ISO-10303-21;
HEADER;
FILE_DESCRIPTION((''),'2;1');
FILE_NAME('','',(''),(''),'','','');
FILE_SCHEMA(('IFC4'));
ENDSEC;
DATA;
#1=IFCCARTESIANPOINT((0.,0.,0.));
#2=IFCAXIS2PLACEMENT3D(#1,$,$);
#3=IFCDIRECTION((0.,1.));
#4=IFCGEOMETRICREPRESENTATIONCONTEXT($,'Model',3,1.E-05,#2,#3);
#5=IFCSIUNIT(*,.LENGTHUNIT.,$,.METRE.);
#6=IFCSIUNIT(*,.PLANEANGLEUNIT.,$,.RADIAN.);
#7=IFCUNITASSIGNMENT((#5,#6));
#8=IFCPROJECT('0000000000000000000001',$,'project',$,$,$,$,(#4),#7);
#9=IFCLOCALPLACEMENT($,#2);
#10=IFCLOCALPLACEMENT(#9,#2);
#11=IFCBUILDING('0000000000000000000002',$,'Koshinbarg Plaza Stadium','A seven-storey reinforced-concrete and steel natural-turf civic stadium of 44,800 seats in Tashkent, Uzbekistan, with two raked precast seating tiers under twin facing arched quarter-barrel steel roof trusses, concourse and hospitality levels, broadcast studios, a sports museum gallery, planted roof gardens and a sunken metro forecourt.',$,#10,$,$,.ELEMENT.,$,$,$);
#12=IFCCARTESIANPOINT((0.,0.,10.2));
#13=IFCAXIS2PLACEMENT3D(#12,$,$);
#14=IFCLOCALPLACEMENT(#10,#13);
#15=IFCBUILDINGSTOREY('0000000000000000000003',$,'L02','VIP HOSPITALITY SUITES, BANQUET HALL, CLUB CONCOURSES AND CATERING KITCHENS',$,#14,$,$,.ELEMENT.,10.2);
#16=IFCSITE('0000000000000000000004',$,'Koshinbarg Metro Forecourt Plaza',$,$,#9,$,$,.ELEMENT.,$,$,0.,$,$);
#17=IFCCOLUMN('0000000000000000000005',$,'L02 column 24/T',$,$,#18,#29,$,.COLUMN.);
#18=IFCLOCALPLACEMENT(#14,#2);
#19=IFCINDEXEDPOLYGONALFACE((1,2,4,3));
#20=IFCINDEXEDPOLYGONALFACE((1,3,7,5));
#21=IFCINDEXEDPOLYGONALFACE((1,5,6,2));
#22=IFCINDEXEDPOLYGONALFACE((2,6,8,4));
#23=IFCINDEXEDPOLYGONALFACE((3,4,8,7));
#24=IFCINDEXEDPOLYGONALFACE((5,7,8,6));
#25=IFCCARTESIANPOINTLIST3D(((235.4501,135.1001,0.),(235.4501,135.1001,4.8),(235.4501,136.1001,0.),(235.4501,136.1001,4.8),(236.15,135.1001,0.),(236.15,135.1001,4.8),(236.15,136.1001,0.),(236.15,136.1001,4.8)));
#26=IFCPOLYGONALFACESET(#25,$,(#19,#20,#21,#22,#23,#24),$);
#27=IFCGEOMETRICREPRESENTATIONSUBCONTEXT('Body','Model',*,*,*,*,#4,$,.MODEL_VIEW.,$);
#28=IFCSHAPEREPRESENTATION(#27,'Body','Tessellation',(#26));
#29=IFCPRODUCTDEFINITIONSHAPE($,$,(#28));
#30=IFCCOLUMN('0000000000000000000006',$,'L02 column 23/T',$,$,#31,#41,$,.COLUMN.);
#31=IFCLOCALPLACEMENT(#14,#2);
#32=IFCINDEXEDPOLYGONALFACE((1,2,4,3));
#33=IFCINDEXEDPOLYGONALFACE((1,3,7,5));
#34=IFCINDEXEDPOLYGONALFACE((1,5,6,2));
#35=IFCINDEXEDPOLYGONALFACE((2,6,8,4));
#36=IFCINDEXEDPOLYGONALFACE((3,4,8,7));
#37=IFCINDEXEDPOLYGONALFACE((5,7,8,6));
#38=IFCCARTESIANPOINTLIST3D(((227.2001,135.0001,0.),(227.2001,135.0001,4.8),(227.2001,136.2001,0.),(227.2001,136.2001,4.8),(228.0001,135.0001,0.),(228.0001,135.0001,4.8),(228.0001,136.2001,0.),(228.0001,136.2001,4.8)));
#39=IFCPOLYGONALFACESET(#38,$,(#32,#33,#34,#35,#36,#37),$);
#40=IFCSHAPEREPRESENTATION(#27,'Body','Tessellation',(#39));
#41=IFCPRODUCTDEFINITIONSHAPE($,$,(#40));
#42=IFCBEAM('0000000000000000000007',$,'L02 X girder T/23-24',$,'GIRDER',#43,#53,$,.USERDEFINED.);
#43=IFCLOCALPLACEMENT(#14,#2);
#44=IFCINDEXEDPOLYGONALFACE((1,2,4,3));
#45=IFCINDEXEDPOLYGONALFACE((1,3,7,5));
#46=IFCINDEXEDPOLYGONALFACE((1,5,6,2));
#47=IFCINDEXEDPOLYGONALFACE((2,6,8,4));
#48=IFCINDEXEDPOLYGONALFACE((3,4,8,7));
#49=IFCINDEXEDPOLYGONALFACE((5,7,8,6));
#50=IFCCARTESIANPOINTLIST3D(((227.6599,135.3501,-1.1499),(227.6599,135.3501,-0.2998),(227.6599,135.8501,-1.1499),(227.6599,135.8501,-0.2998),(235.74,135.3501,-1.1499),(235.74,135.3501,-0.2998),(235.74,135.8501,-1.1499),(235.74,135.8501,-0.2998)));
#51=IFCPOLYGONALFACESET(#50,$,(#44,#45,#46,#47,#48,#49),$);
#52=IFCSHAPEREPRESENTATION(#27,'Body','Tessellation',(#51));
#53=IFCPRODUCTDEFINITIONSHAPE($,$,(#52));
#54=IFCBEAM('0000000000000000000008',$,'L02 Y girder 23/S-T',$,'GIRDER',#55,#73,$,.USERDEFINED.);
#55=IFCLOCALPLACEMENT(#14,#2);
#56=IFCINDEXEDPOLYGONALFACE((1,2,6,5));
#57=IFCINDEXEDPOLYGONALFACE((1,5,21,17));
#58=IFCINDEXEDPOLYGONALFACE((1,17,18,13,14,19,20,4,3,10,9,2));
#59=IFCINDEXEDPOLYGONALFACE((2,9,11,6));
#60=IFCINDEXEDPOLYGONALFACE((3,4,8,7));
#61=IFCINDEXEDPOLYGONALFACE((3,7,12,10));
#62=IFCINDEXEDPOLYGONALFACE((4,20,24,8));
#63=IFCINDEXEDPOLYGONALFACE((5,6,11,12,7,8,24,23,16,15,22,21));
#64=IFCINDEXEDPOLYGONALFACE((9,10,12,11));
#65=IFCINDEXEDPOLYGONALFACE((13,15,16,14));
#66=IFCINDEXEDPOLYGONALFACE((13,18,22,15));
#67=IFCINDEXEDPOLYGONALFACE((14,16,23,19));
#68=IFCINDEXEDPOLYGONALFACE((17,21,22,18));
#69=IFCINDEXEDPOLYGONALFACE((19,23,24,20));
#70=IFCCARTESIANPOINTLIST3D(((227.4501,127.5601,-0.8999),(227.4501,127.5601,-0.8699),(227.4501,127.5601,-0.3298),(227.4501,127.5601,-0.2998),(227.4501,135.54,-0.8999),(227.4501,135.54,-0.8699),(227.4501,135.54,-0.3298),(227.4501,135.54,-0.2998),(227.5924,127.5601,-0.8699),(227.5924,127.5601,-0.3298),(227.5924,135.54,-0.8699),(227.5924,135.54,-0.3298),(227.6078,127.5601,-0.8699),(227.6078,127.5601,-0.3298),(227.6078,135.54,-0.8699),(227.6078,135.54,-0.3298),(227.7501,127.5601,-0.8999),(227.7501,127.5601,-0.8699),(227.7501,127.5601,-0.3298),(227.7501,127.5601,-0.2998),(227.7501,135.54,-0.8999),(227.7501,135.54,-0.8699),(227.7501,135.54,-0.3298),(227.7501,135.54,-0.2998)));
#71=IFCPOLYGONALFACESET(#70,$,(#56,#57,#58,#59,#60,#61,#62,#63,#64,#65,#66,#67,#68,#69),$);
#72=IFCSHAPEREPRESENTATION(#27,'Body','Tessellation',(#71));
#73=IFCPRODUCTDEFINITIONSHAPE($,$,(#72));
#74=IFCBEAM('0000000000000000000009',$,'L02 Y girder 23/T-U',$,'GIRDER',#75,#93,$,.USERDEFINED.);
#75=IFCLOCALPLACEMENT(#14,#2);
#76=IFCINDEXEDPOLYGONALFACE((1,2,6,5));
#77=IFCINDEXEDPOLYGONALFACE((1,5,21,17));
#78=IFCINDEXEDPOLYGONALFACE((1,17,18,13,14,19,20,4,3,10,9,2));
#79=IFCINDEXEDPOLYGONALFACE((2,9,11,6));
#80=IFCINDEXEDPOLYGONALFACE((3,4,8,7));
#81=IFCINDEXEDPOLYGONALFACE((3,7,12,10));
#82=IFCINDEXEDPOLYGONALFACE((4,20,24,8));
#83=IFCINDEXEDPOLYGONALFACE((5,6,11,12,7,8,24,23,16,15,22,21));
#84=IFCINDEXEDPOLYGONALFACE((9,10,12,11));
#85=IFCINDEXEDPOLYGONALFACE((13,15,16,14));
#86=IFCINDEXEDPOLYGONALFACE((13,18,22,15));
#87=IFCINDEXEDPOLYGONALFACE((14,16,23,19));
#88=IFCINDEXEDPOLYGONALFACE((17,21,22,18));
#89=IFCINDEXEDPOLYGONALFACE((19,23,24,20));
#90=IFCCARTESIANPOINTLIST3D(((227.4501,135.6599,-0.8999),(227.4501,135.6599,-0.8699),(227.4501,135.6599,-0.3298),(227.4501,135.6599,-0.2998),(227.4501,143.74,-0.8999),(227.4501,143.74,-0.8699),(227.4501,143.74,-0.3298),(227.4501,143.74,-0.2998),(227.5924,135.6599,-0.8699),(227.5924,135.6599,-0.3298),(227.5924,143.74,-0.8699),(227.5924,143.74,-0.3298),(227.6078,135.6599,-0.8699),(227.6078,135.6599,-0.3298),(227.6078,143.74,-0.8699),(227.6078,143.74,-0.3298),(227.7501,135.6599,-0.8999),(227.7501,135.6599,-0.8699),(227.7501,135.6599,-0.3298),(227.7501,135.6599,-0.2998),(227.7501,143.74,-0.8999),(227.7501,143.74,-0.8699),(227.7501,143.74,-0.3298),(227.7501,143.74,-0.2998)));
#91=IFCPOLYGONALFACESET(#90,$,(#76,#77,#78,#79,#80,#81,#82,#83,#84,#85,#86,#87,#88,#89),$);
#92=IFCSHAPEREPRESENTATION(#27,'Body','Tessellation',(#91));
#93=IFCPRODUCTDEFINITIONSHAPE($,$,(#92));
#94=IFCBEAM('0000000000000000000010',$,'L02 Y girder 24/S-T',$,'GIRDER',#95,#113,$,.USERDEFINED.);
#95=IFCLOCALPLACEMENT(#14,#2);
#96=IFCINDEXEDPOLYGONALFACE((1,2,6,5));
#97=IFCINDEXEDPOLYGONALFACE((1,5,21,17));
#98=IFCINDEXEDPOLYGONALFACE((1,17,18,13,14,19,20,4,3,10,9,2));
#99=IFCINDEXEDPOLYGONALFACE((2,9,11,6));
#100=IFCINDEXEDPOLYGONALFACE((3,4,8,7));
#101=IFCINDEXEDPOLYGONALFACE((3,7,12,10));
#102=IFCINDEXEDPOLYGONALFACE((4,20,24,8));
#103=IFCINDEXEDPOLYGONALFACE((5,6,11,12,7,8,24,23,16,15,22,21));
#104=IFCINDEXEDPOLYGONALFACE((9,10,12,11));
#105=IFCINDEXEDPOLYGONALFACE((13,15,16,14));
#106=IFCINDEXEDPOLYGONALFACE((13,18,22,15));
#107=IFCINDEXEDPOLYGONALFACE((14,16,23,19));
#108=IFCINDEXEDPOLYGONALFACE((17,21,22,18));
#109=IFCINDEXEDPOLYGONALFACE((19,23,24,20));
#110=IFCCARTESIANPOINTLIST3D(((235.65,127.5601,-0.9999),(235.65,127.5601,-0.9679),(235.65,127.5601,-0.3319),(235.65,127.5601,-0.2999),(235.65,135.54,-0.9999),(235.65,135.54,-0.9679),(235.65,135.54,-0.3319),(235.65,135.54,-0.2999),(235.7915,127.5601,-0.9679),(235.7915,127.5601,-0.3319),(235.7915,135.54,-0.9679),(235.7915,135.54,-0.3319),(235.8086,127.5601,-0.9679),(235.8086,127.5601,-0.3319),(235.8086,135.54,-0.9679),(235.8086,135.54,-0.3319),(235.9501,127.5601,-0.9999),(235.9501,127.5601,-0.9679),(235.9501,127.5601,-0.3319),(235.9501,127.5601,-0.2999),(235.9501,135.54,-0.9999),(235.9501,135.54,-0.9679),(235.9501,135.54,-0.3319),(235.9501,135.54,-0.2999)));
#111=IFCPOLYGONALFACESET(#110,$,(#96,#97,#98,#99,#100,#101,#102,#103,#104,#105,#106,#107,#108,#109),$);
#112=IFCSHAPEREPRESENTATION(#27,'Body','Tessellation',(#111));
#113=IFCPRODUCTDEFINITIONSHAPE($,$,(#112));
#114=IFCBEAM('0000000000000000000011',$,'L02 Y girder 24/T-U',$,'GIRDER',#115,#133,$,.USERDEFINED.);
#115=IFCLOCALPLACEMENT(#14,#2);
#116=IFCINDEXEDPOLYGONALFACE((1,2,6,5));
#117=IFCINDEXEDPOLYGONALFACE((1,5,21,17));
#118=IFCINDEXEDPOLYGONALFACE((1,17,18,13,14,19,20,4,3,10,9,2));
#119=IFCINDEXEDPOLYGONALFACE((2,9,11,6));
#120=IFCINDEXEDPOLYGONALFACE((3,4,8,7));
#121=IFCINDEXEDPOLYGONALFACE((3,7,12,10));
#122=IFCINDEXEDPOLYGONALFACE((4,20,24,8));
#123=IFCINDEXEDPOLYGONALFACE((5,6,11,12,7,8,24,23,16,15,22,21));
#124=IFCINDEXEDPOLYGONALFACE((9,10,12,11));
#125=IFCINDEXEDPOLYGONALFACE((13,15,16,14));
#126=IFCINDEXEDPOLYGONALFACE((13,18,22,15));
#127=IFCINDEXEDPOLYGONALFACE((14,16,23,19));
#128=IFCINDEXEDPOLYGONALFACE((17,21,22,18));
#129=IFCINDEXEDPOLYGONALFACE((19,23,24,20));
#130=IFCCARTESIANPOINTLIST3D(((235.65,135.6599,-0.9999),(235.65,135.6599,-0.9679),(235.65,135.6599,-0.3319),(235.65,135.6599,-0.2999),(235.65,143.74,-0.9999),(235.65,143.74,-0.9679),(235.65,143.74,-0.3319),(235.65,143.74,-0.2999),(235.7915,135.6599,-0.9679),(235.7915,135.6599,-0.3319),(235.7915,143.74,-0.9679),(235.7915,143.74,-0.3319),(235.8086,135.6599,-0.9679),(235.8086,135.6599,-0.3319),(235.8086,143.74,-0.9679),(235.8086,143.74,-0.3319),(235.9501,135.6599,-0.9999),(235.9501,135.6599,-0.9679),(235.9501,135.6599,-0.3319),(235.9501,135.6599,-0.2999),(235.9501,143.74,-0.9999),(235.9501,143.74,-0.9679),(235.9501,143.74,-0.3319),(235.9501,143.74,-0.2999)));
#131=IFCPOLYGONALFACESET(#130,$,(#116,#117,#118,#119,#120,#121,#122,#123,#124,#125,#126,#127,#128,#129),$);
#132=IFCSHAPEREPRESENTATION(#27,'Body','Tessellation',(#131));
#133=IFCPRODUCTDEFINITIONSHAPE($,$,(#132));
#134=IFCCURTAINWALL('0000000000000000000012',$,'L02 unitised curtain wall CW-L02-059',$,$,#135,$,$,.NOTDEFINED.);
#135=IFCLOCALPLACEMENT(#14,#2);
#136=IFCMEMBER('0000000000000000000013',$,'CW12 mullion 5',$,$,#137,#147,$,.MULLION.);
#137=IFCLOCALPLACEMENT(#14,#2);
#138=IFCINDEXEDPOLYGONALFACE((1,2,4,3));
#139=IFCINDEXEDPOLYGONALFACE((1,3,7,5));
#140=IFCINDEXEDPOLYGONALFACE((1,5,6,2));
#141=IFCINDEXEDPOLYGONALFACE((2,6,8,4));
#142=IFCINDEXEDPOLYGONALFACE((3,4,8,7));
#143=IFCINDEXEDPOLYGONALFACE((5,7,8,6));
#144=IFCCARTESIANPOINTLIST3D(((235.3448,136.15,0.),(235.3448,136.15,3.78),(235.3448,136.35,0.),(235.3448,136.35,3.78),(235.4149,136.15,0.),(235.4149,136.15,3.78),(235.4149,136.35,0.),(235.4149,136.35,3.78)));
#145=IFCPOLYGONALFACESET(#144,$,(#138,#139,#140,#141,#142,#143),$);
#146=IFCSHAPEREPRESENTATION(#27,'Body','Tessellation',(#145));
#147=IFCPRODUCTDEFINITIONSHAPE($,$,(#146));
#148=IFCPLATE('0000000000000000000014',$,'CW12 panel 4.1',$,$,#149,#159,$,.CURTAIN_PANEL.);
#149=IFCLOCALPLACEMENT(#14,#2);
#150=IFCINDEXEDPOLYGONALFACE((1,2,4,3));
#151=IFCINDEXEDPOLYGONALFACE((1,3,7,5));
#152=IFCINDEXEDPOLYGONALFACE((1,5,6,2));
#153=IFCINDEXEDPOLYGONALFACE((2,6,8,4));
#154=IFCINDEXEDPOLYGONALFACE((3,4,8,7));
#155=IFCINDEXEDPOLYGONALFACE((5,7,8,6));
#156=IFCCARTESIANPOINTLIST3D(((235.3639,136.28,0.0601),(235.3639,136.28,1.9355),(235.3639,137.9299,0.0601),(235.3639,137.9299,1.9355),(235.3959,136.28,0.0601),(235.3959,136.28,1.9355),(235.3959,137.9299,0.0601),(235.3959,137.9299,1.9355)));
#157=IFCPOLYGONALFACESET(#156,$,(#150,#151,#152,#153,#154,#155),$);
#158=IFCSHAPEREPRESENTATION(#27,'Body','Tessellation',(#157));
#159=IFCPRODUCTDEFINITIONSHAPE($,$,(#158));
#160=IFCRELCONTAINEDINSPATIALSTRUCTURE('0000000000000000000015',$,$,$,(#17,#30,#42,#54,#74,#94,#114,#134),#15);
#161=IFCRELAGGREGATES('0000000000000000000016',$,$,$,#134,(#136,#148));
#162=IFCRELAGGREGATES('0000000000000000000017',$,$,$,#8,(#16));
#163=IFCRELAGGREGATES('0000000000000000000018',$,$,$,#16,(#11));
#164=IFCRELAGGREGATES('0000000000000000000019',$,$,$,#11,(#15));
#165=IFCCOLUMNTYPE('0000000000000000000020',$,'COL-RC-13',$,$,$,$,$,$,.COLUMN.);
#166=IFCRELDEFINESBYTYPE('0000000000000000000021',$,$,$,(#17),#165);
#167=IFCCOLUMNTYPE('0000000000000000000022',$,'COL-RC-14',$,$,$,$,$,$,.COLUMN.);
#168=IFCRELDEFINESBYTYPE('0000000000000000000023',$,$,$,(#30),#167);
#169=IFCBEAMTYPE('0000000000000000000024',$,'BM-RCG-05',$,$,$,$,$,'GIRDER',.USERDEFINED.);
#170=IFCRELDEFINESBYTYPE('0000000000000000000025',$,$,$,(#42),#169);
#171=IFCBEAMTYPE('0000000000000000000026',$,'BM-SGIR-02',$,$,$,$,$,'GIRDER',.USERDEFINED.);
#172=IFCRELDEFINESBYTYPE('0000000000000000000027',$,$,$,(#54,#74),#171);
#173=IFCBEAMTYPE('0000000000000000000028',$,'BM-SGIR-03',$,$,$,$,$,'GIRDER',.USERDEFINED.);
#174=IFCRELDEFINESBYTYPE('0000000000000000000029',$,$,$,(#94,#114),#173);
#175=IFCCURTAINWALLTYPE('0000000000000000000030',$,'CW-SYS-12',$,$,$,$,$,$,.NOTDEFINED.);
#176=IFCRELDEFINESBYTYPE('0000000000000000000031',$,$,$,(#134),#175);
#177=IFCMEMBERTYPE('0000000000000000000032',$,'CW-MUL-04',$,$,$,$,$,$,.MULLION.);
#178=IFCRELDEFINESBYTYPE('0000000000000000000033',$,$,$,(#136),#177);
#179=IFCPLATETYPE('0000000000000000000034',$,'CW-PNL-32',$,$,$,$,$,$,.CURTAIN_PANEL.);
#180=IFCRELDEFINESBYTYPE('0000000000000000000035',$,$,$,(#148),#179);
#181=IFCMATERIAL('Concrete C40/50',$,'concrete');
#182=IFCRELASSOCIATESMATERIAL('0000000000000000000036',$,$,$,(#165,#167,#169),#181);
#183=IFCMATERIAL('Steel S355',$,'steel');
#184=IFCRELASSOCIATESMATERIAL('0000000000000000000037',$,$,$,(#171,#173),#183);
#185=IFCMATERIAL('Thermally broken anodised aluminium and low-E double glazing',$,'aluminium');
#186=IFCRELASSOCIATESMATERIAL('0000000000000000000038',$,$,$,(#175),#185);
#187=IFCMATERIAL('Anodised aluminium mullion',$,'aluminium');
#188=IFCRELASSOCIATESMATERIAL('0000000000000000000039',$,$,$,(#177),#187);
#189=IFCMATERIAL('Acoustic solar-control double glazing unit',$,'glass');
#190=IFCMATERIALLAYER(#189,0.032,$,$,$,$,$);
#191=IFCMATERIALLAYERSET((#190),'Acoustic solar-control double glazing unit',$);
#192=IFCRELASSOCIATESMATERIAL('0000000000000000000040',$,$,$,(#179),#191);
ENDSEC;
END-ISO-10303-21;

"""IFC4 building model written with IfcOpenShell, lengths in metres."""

from ifc_helpers import new_model, si_unit, direction, frame, origin, origin_2d, place, context, subcontext, project, spatial, rectangle, i_section, extrude, material, layer, layer_set, material_profile, profile_set, type_object, element, aggregate, save


model = new_model("IFC4")

# Units and contexts
model_context = context("Model", 3, precision=1e-05, world=origin(), true_north=direction((0.0, 1.0)))
body_context = subcontext(model_context, "Body", "Model", "MODEL_VIEW")
ifc_project = project(units=[si_unit("LENGTHUNIT", "METRE"), si_unit("PLANEANGLEUNIT", "RADIAN")], contexts=[model_context])

# Site, building, storey
site_placement = place(None, origin())
site = spatial("IfcSite", under=ifc_project, at=site_placement, Name="Koshinbarg Metro Forecourt Plaza", CompositionType="ELEMENT", RefElevation=0.0)
building_placement = place(site_placement, origin())
building = spatial("IfcBuilding", under=site, at=building_placement, Name="Koshinbarg Plaza Stadium", Description="A seven-storey reinforced-concrete and steel natural-turf civic stadium of 44,800 seats in Tashkent, Uzbekistan, with two raked precast seating tiers under twin facing arched quarter-barrel steel roof trusses, concourse and hospitality levels, broadcast studios, a sports museum gallery, planted roof gardens and a sunken metro forecourt.", CompositionType="ELEMENT")
storey_placement = place(building_placement, frame((0.0, 0.0, 10.2)))
storey = spatial("IfcBuildingStorey", under=building, at=storey_placement, Name="L02", Description="VIP HOSPITALITY SUITES, BANQUET HALL, CLUB CONCOURSES AND CATERING KITCHENS", CompositionType="ELEMENT", Elevation=10.2)

# Columns
ifc_material_1 = material(Name="Concrete C40/50", Category="concrete")
ifc_material_profile_1 = material_profile(ifc_material_1, rectangle(XDim=0.7, YDim=1.0, at=origin_2d()), Name="RC 700x1000")
ifc_profile_set_1 = profile_set([ifc_material_profile_1], Name="Concrete C40/50")
column_type_1 = type_object("IfcColumnType", Name="COL-RC-13", PredefinedType="COLUMN", material=ifc_profile_set_1)
column_1_placement = place(storey_placement, frame((235.8, 135.6001, 0.0), z_axis=(0.0, 0.0, 1.0), x_axis=(1.0, 0.0, 0.0)))
element("IfcColumn", 1, at=column_1_placement, inside=storey, type_object=column_type_1, Name="L02 column 24/T", PredefinedType="COLUMN", context=body_context, shape_type="SweptSolid", body=[
    extrude(rectangle(XDim=0.7, YDim=1.0, at=origin_2d()), origin(), (0.0, 0.0, 1.0), 4.8),
])
ifc_material_profile_2 = material_profile(ifc_material_1, rectangle(XDim=0.8, YDim=1.2, at=origin_2d()), Name="RC 800x1200")
ifc_profile_set_2 = profile_set([ifc_material_profile_2], Name="Concrete C40/50")
column_type_2 = type_object("IfcColumnType", Name="COL-RC-14", PredefinedType="COLUMN", material=ifc_profile_set_2)
column_2_placement = place(storey_placement, frame((227.6001, 135.6001, 0.0), z_axis=(0.0, 0.0, 1.0), x_axis=(1.0, 0.0, 0.0)))
element("IfcColumn", 2, at=column_2_placement, inside=storey, type_object=column_type_2, Name="L02 column 23/T", PredefinedType="COLUMN", context=body_context, shape_type="SweptSolid", body=[
    extrude(rectangle(XDim=0.8, YDim=1.2, at=origin_2d()), origin(), (0.0, 0.0, 1.0), 4.8),
])

# Beams
ifc_material_profile_3 = material_profile(ifc_material_1, rectangle(XDim=0.5, YDim=0.8501, at=origin_2d()), Name="RC 500x850")
ifc_profile_set_3 = profile_set([ifc_material_profile_3], Name="Concrete C40/50")
beam_type_1 = type_object("IfcBeamType", Name="BM-RCG-05", ElementType="GIRDER", PredefinedType="USERDEFINED", material=ifc_profile_set_3)
beam_1_placement = place(storey_placement, frame((227.6599, 135.6001, -0.7249), z_axis=(1.0, 0.0, 0.0), x_axis=(0.0, 1.0, 0.0)))
element("IfcBeam", 3, at=beam_1_placement, inside=storey, type_object=beam_type_1, Name="L02 X girder T/23-24", ObjectType="GIRDER", PredefinedType="USERDEFINED", context=body_context, shape_type="SweptSolid", body=[
    extrude(rectangle(XDim=0.5, YDim=0.8501, at=origin_2d()), origin(), (0.0, 0.0, 1.0), 8.0801),
])
ifc_material_2 = material(Name="Steel S355", Category="steel")
ifc_material_profile_4 = material_profile(ifc_material_2, i_section(OverallWidth=0.3, OverallDepth=0.6001, WebThickness=0.0154, FlangeThickness=0.03, at=origin_2d()), Name="HEB 600")
ifc_profile_set_4 = profile_set([ifc_material_profile_4], Name="Steel S355")
beam_type_2 = type_object("IfcBeamType", Name="BM-SGIR-02", ElementType="GIRDER", PredefinedType="USERDEFINED", material=ifc_profile_set_4)
beam_2_placement = place(storey_placement, frame((227.6001, 127.5601, -0.5999), z_axis=(0.0, 1.0, 0.0), x_axis=(-1.0, 0.0, 0.0)))
element("IfcBeam", 4, at=beam_2_placement, inside=storey, type_object=beam_type_2, Name="L02 Y girder 23/S-T", ObjectType="GIRDER", PredefinedType="USERDEFINED", context=body_context, shape_type="SweptSolid", body=[
    extrude(i_section(OverallWidth=0.3, OverallDepth=0.6001, WebThickness=0.0154, FlangeThickness=0.03, at=origin_2d()), origin(), (0.0, 0.0, 1.0), 7.98),
])
beam_3_placement = place(storey_placement, frame((227.6001, 135.6599, -0.5999), z_axis=(0.0, 1.0, 0.0), x_axis=(-1.0, 0.0, 0.0)))
element("IfcBeam", 5, at=beam_3_placement, inside=storey, type_object=beam_type_2, Name="L02 Y girder 23/T-U", ObjectType="GIRDER", PredefinedType="USERDEFINED", context=body_context, shape_type="SweptSolid", body=[
    extrude(i_section(OverallWidth=0.3, OverallDepth=0.6001, WebThickness=0.0154, FlangeThickness=0.03, at=origin_2d()), origin(), (0.0, 0.0, 1.0), 8.0801),
])
ifc_material_profile_5 = material_profile(ifc_material_2, i_section(OverallWidth=0.3, OverallDepth=0.7, WebThickness=0.0171, FlangeThickness=0.032, at=origin_2d()), Name="HEB 700")
ifc_profile_set_5 = profile_set([ifc_material_profile_5], Name="Steel S355")
beam_type_3 = type_object("IfcBeamType", Name="BM-SGIR-03", ElementType="GIRDER", PredefinedType="USERDEFINED", material=ifc_profile_set_5)
beam_4_placement = place(storey_placement, frame((235.8, 127.5601, -0.6499), z_axis=(0.0, 1.0, 0.0), x_axis=(-1.0, 0.0, 0.0)))
element("IfcBeam", 6, at=beam_4_placement, inside=storey, type_object=beam_type_3, Name="L02 Y girder 24/S-T", ObjectType="GIRDER", PredefinedType="USERDEFINED", context=body_context, shape_type="SweptSolid", body=[
    extrude(i_section(OverallWidth=0.3, OverallDepth=0.7, WebThickness=0.0171, FlangeThickness=0.032, at=origin_2d()), origin(), (0.0, 0.0, 1.0), 7.98),
])
beam_5_placement = place(storey_placement, frame((235.8, 135.6599, -0.6499), z_axis=(0.0, 1.0, 0.0), x_axis=(-1.0, 0.0, 0.0)))
element("IfcBeam", 7, at=beam_5_placement, inside=storey, type_object=beam_type_3, Name="L02 Y girder 24/T-U", ObjectType="GIRDER", PredefinedType="USERDEFINED", context=body_context, shape_type="SweptSolid", body=[
    extrude(i_section(OverallWidth=0.3, OverallDepth=0.7, WebThickness=0.0171, FlangeThickness=0.032, at=origin_2d()), origin(), (0.0, 0.0, 1.0), 8.0801),
])

# Curtain wall, member, plate
ifc_material_3 = material(Name="Thermally broken anodised aluminium and low-E double glazing", Category="aluminium")
curtain_wall_type = type_object("IfcCurtainWallType", Name="CW-SYS-12", PredefinedType="NOTDEFINED", material=ifc_material_3)
curtain_wall_placement = place(storey_placement, origin())
curtain_wall = element("IfcCurtainWall", 8, at=curtain_wall_placement, inside=storey, type_object=curtain_wall_type, Name="L02 unitised curtain wall CW-L02-059", PredefinedType="NOTDEFINED")
ifc_material_4 = material(Name="Anodised aluminium mullion", Category="aluminium")
ifc_material_profile_6 = material_profile(ifc_material_4, rectangle(XDim=0.0701, YDim=0.2, at=origin_2d()), Name="ALU 70x200")
ifc_profile_set_6 = profile_set([ifc_material_profile_6], Name="Anodised aluminium mullion")
member_type = type_object("IfcMemberType", Name="CW-MUL-04", PredefinedType="MULLION", material=ifc_profile_set_6)
member_placement = place(storey_placement, frame((235.3799, 136.25, 0.0), z_axis=(0.0, 0.0, 1.0), x_axis=(1.0, 0.0, 0.0)))
member = element("IfcMember", 9, at=member_placement, type_object=member_type, Name="CW12 mullion 5", PredefinedType="MULLION", context=body_context, shape_type="SweptSolid", body=[
    extrude(rectangle(XDim=0.0701, YDim=0.2, at=origin_2d()), origin(), (0.0, 0.0, 1.0), 3.78),
])
ifc_material_5 = material(Name="Acoustic solar-control double glazing unit", Category="glass")
ifc_layer_1 = layer(ifc_material_5, 0.032)
ifc_layer_set_1 = layer_set([ifc_layer_1], Name="Acoustic solar-control double glazing unit")
plate_type = type_object("IfcPlateType", Name="CW-PNL-32", PredefinedType="CURTAIN_PANEL", material=ifc_layer_set_1)
plate_placement = place(storey_placement, frame((235.3799, 137.105, 0.0601), z_axis=(0.0, 0.0, 1.0), x_axis=(0.0, -1.0, 0.0)))
plate = element("IfcPlate", 10, at=plate_placement, type_object=plate_type, Name="CW12 panel 4.1", PredefinedType="CURTAIN_PANEL", context=body_context, shape_type="SweptSolid", body=[
    extrude(rectangle(XDim=1.6499, YDim=0.032, at=origin_2d()), origin(), (0.0, 0.0, 1.0), 1.8755),
])
aggregate(curtain_wall, [member, plate])

save(model, "model.ifc")
